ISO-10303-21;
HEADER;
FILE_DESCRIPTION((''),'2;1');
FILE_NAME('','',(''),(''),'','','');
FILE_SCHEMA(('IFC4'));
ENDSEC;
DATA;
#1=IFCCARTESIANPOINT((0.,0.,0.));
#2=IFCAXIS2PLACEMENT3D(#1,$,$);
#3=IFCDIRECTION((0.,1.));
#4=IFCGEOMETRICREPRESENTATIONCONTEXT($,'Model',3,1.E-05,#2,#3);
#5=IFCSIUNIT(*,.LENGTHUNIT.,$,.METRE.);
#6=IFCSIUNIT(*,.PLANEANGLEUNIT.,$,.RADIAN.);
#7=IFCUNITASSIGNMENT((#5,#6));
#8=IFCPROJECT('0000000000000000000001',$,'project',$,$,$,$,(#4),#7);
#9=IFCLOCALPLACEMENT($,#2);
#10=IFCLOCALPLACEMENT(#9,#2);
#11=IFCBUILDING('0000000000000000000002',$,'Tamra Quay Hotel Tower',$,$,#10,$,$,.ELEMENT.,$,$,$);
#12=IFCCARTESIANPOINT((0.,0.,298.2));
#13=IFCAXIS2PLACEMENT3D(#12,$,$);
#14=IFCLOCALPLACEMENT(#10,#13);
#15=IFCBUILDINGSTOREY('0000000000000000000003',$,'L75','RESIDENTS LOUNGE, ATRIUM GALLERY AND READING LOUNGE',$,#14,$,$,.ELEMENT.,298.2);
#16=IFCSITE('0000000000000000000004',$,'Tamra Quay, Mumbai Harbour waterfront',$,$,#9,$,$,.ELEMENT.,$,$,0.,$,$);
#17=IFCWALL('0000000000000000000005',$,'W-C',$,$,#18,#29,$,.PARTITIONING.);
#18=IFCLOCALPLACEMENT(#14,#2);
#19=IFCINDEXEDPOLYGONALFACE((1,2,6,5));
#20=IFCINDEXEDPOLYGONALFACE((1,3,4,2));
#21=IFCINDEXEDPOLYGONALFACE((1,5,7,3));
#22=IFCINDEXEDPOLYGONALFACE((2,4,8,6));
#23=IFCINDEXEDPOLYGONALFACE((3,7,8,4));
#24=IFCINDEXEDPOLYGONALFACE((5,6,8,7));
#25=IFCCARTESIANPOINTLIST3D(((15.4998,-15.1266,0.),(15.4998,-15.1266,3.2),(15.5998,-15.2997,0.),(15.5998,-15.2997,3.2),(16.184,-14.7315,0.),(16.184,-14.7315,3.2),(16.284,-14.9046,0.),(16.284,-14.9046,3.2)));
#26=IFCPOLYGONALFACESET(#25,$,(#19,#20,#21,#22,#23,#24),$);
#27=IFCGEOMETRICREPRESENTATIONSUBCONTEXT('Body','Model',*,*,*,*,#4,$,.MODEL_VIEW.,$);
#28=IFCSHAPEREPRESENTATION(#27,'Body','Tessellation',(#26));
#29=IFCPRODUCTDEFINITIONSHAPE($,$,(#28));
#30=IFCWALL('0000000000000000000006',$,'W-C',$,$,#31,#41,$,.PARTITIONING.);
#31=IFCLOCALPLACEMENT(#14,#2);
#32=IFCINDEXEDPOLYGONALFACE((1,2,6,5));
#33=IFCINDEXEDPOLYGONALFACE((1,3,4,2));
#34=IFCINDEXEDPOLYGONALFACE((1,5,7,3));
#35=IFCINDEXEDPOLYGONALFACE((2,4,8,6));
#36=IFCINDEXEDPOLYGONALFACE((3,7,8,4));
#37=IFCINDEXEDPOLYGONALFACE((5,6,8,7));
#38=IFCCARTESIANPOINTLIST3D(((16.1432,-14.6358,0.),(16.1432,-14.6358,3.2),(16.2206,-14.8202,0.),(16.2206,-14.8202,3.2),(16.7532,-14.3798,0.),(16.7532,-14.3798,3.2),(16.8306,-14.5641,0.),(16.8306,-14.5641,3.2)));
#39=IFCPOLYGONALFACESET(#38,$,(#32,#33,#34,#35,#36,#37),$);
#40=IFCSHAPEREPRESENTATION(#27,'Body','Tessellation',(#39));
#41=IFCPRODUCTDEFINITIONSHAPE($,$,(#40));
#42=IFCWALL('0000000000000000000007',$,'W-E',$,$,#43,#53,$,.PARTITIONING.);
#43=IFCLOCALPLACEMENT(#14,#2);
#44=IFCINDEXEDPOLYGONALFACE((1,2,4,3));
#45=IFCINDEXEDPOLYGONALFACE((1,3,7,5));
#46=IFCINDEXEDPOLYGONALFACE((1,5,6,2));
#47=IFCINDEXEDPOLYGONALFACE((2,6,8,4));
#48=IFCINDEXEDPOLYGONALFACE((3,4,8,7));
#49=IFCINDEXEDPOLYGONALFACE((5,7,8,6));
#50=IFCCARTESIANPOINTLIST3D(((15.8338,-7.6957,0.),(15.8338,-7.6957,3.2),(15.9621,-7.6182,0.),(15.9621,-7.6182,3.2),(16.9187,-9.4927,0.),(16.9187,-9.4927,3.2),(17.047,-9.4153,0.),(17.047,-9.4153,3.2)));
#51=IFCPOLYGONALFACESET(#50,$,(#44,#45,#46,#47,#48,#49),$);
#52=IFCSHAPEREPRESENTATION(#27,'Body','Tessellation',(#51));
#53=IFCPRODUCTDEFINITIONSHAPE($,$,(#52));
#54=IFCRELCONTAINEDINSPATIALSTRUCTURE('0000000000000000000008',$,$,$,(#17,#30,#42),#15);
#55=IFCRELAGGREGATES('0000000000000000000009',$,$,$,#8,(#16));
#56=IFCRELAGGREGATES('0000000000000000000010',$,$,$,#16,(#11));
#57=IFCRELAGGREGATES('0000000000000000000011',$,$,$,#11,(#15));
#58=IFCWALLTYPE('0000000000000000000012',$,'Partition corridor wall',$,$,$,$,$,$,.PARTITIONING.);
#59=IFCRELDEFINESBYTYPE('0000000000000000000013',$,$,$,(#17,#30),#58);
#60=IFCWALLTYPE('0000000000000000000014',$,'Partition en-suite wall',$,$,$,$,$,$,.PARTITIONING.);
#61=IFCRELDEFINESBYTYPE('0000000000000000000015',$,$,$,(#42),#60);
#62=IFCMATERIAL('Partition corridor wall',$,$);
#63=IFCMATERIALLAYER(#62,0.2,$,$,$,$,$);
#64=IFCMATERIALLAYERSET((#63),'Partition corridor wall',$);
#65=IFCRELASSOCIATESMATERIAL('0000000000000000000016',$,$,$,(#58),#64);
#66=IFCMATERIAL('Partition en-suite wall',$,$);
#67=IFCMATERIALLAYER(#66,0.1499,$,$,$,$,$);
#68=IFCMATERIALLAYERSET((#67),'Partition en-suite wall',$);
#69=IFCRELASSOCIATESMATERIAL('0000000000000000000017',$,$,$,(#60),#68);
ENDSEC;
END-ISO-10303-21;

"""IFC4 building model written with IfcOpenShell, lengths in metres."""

from ifc_helpers import new_model, si_unit, direction, frame, frame_2d, origin, place, context, subcontext, project, spatial, rectangle, extrude, material, layer, layer_set, type_object, element, save


model = new_model("IFC4")

# Units and contexts
model_context = context("Model", 3, precision=1e-05, world=origin(), true_north=direction((0.0, 1.0)))
body_context = subcontext(model_context, "Body", "Model", "MODEL_VIEW")
ifc_project = project(units=[si_unit("LENGTHUNIT", "METRE"), si_unit("PLANEANGLEUNIT", "RADIAN")], contexts=[model_context])

# Site, building, storey
site_placement = place(None, origin())
site = spatial("IfcSite", under=ifc_project, at=site_placement, Name="Tamra Quay, Mumbai Harbour waterfront", CompositionType="ELEMENT", RefElevation=0.0)
building_placement = place(site_placement, origin())
building = spatial("IfcBuilding", under=site, at=building_placement, Name="Tamra Quay Hotel Tower", CompositionType="ELEMENT")
storey_placement = place(building_placement, frame((0.0, 0.0, 298.2)))
storey = spatial("IfcBuildingStorey", under=building, at=storey_placement, Name="L75", Description="RESIDENTS LOUNGE, ATRIUM GALLERY AND READING LOUNGE", CompositionType="ELEMENT", Elevation=298.2)

# Walls
ifc_material_1 = material(Name="Partition corridor wall")
ifc_layer_1 = layer(ifc_material_1, 0.2)
ifc_layer_set_1 = layer_set([ifc_layer_1], Name="Partition corridor wall")
wall_type_1 = type_object("IfcWallType", Name="Partition corridor wall", PredefinedType="PARTITIONING", material=ifc_layer_set_1)
wall_1_placement = place(storey_placement, frame((15.5498, -15.2131, 0.0), z_axis=(0.0, 0.0, 1.0), x_axis=(0.86599, 0.500061, 0.0)))
element("IfcWall", 1, at=wall_1_placement, inside=storey, type_object=wall_type_1, Name="W-C", PredefinedType="PARTITIONING", context=body_context, shape_type="SweptSolid", body=[
    extrude(rectangle(XDim=0.79, YDim=0.2, at=frame_2d((0.395, 0.0))), origin(), (0.0, 0.0, 1.0), 3.2),
])
wall_2_placement = place(storey_placement, frame((16.1819, -14.728, 0.0), z_axis=(0.0, 0.0, 1.0), x_axis=(0.922058, 0.387051, 0.0)))
element("IfcWall", 2, at=wall_2_placement, inside=storey, type_object=wall_type_1, Name="W-C", PredefinedType="PARTITIONING", context=body_context, shape_type="SweptSolid", body=[
    extrude(rectangle(XDim=0.6616, YDim=0.2, at=frame_2d((0.3308, 0.0))), origin(), (0.0, 0.0, 1.0), 3.2),
])
ifc_material_2 = material(Name="Partition en-suite wall")
ifc_layer_2 = layer(ifc_material_2, 0.1499)
ifc_layer_set_2 = layer_set([ifc_layer_2], Name="Partition en-suite wall")
wall_type_2 = type_object("IfcWallType", Name="Partition en-suite wall", PredefinedType="PARTITIONING", material=ifc_layer_set_2)
wall_3_placement = place(storey_placement, frame((15.8979, -7.657, 0.0), z_axis=(0.0, 0.0, 1.0), x_axis=(0.516837, -0.856084, 0.0)))
element("IfcWall", 3, at=wall_3_placement, inside=storey, type_object=wall_type_2, Name="W-E", PredefinedType="PARTITIONING", context=body_context, shape_type="SweptSolid", body=[
    extrude(rectangle(XDim=2.0991, YDim=0.1499, at=frame_2d((1.0496, 0.0))), origin(), (0.0, 0.0, 1.0), 3.2),
])

save(model, "model.ifc")
